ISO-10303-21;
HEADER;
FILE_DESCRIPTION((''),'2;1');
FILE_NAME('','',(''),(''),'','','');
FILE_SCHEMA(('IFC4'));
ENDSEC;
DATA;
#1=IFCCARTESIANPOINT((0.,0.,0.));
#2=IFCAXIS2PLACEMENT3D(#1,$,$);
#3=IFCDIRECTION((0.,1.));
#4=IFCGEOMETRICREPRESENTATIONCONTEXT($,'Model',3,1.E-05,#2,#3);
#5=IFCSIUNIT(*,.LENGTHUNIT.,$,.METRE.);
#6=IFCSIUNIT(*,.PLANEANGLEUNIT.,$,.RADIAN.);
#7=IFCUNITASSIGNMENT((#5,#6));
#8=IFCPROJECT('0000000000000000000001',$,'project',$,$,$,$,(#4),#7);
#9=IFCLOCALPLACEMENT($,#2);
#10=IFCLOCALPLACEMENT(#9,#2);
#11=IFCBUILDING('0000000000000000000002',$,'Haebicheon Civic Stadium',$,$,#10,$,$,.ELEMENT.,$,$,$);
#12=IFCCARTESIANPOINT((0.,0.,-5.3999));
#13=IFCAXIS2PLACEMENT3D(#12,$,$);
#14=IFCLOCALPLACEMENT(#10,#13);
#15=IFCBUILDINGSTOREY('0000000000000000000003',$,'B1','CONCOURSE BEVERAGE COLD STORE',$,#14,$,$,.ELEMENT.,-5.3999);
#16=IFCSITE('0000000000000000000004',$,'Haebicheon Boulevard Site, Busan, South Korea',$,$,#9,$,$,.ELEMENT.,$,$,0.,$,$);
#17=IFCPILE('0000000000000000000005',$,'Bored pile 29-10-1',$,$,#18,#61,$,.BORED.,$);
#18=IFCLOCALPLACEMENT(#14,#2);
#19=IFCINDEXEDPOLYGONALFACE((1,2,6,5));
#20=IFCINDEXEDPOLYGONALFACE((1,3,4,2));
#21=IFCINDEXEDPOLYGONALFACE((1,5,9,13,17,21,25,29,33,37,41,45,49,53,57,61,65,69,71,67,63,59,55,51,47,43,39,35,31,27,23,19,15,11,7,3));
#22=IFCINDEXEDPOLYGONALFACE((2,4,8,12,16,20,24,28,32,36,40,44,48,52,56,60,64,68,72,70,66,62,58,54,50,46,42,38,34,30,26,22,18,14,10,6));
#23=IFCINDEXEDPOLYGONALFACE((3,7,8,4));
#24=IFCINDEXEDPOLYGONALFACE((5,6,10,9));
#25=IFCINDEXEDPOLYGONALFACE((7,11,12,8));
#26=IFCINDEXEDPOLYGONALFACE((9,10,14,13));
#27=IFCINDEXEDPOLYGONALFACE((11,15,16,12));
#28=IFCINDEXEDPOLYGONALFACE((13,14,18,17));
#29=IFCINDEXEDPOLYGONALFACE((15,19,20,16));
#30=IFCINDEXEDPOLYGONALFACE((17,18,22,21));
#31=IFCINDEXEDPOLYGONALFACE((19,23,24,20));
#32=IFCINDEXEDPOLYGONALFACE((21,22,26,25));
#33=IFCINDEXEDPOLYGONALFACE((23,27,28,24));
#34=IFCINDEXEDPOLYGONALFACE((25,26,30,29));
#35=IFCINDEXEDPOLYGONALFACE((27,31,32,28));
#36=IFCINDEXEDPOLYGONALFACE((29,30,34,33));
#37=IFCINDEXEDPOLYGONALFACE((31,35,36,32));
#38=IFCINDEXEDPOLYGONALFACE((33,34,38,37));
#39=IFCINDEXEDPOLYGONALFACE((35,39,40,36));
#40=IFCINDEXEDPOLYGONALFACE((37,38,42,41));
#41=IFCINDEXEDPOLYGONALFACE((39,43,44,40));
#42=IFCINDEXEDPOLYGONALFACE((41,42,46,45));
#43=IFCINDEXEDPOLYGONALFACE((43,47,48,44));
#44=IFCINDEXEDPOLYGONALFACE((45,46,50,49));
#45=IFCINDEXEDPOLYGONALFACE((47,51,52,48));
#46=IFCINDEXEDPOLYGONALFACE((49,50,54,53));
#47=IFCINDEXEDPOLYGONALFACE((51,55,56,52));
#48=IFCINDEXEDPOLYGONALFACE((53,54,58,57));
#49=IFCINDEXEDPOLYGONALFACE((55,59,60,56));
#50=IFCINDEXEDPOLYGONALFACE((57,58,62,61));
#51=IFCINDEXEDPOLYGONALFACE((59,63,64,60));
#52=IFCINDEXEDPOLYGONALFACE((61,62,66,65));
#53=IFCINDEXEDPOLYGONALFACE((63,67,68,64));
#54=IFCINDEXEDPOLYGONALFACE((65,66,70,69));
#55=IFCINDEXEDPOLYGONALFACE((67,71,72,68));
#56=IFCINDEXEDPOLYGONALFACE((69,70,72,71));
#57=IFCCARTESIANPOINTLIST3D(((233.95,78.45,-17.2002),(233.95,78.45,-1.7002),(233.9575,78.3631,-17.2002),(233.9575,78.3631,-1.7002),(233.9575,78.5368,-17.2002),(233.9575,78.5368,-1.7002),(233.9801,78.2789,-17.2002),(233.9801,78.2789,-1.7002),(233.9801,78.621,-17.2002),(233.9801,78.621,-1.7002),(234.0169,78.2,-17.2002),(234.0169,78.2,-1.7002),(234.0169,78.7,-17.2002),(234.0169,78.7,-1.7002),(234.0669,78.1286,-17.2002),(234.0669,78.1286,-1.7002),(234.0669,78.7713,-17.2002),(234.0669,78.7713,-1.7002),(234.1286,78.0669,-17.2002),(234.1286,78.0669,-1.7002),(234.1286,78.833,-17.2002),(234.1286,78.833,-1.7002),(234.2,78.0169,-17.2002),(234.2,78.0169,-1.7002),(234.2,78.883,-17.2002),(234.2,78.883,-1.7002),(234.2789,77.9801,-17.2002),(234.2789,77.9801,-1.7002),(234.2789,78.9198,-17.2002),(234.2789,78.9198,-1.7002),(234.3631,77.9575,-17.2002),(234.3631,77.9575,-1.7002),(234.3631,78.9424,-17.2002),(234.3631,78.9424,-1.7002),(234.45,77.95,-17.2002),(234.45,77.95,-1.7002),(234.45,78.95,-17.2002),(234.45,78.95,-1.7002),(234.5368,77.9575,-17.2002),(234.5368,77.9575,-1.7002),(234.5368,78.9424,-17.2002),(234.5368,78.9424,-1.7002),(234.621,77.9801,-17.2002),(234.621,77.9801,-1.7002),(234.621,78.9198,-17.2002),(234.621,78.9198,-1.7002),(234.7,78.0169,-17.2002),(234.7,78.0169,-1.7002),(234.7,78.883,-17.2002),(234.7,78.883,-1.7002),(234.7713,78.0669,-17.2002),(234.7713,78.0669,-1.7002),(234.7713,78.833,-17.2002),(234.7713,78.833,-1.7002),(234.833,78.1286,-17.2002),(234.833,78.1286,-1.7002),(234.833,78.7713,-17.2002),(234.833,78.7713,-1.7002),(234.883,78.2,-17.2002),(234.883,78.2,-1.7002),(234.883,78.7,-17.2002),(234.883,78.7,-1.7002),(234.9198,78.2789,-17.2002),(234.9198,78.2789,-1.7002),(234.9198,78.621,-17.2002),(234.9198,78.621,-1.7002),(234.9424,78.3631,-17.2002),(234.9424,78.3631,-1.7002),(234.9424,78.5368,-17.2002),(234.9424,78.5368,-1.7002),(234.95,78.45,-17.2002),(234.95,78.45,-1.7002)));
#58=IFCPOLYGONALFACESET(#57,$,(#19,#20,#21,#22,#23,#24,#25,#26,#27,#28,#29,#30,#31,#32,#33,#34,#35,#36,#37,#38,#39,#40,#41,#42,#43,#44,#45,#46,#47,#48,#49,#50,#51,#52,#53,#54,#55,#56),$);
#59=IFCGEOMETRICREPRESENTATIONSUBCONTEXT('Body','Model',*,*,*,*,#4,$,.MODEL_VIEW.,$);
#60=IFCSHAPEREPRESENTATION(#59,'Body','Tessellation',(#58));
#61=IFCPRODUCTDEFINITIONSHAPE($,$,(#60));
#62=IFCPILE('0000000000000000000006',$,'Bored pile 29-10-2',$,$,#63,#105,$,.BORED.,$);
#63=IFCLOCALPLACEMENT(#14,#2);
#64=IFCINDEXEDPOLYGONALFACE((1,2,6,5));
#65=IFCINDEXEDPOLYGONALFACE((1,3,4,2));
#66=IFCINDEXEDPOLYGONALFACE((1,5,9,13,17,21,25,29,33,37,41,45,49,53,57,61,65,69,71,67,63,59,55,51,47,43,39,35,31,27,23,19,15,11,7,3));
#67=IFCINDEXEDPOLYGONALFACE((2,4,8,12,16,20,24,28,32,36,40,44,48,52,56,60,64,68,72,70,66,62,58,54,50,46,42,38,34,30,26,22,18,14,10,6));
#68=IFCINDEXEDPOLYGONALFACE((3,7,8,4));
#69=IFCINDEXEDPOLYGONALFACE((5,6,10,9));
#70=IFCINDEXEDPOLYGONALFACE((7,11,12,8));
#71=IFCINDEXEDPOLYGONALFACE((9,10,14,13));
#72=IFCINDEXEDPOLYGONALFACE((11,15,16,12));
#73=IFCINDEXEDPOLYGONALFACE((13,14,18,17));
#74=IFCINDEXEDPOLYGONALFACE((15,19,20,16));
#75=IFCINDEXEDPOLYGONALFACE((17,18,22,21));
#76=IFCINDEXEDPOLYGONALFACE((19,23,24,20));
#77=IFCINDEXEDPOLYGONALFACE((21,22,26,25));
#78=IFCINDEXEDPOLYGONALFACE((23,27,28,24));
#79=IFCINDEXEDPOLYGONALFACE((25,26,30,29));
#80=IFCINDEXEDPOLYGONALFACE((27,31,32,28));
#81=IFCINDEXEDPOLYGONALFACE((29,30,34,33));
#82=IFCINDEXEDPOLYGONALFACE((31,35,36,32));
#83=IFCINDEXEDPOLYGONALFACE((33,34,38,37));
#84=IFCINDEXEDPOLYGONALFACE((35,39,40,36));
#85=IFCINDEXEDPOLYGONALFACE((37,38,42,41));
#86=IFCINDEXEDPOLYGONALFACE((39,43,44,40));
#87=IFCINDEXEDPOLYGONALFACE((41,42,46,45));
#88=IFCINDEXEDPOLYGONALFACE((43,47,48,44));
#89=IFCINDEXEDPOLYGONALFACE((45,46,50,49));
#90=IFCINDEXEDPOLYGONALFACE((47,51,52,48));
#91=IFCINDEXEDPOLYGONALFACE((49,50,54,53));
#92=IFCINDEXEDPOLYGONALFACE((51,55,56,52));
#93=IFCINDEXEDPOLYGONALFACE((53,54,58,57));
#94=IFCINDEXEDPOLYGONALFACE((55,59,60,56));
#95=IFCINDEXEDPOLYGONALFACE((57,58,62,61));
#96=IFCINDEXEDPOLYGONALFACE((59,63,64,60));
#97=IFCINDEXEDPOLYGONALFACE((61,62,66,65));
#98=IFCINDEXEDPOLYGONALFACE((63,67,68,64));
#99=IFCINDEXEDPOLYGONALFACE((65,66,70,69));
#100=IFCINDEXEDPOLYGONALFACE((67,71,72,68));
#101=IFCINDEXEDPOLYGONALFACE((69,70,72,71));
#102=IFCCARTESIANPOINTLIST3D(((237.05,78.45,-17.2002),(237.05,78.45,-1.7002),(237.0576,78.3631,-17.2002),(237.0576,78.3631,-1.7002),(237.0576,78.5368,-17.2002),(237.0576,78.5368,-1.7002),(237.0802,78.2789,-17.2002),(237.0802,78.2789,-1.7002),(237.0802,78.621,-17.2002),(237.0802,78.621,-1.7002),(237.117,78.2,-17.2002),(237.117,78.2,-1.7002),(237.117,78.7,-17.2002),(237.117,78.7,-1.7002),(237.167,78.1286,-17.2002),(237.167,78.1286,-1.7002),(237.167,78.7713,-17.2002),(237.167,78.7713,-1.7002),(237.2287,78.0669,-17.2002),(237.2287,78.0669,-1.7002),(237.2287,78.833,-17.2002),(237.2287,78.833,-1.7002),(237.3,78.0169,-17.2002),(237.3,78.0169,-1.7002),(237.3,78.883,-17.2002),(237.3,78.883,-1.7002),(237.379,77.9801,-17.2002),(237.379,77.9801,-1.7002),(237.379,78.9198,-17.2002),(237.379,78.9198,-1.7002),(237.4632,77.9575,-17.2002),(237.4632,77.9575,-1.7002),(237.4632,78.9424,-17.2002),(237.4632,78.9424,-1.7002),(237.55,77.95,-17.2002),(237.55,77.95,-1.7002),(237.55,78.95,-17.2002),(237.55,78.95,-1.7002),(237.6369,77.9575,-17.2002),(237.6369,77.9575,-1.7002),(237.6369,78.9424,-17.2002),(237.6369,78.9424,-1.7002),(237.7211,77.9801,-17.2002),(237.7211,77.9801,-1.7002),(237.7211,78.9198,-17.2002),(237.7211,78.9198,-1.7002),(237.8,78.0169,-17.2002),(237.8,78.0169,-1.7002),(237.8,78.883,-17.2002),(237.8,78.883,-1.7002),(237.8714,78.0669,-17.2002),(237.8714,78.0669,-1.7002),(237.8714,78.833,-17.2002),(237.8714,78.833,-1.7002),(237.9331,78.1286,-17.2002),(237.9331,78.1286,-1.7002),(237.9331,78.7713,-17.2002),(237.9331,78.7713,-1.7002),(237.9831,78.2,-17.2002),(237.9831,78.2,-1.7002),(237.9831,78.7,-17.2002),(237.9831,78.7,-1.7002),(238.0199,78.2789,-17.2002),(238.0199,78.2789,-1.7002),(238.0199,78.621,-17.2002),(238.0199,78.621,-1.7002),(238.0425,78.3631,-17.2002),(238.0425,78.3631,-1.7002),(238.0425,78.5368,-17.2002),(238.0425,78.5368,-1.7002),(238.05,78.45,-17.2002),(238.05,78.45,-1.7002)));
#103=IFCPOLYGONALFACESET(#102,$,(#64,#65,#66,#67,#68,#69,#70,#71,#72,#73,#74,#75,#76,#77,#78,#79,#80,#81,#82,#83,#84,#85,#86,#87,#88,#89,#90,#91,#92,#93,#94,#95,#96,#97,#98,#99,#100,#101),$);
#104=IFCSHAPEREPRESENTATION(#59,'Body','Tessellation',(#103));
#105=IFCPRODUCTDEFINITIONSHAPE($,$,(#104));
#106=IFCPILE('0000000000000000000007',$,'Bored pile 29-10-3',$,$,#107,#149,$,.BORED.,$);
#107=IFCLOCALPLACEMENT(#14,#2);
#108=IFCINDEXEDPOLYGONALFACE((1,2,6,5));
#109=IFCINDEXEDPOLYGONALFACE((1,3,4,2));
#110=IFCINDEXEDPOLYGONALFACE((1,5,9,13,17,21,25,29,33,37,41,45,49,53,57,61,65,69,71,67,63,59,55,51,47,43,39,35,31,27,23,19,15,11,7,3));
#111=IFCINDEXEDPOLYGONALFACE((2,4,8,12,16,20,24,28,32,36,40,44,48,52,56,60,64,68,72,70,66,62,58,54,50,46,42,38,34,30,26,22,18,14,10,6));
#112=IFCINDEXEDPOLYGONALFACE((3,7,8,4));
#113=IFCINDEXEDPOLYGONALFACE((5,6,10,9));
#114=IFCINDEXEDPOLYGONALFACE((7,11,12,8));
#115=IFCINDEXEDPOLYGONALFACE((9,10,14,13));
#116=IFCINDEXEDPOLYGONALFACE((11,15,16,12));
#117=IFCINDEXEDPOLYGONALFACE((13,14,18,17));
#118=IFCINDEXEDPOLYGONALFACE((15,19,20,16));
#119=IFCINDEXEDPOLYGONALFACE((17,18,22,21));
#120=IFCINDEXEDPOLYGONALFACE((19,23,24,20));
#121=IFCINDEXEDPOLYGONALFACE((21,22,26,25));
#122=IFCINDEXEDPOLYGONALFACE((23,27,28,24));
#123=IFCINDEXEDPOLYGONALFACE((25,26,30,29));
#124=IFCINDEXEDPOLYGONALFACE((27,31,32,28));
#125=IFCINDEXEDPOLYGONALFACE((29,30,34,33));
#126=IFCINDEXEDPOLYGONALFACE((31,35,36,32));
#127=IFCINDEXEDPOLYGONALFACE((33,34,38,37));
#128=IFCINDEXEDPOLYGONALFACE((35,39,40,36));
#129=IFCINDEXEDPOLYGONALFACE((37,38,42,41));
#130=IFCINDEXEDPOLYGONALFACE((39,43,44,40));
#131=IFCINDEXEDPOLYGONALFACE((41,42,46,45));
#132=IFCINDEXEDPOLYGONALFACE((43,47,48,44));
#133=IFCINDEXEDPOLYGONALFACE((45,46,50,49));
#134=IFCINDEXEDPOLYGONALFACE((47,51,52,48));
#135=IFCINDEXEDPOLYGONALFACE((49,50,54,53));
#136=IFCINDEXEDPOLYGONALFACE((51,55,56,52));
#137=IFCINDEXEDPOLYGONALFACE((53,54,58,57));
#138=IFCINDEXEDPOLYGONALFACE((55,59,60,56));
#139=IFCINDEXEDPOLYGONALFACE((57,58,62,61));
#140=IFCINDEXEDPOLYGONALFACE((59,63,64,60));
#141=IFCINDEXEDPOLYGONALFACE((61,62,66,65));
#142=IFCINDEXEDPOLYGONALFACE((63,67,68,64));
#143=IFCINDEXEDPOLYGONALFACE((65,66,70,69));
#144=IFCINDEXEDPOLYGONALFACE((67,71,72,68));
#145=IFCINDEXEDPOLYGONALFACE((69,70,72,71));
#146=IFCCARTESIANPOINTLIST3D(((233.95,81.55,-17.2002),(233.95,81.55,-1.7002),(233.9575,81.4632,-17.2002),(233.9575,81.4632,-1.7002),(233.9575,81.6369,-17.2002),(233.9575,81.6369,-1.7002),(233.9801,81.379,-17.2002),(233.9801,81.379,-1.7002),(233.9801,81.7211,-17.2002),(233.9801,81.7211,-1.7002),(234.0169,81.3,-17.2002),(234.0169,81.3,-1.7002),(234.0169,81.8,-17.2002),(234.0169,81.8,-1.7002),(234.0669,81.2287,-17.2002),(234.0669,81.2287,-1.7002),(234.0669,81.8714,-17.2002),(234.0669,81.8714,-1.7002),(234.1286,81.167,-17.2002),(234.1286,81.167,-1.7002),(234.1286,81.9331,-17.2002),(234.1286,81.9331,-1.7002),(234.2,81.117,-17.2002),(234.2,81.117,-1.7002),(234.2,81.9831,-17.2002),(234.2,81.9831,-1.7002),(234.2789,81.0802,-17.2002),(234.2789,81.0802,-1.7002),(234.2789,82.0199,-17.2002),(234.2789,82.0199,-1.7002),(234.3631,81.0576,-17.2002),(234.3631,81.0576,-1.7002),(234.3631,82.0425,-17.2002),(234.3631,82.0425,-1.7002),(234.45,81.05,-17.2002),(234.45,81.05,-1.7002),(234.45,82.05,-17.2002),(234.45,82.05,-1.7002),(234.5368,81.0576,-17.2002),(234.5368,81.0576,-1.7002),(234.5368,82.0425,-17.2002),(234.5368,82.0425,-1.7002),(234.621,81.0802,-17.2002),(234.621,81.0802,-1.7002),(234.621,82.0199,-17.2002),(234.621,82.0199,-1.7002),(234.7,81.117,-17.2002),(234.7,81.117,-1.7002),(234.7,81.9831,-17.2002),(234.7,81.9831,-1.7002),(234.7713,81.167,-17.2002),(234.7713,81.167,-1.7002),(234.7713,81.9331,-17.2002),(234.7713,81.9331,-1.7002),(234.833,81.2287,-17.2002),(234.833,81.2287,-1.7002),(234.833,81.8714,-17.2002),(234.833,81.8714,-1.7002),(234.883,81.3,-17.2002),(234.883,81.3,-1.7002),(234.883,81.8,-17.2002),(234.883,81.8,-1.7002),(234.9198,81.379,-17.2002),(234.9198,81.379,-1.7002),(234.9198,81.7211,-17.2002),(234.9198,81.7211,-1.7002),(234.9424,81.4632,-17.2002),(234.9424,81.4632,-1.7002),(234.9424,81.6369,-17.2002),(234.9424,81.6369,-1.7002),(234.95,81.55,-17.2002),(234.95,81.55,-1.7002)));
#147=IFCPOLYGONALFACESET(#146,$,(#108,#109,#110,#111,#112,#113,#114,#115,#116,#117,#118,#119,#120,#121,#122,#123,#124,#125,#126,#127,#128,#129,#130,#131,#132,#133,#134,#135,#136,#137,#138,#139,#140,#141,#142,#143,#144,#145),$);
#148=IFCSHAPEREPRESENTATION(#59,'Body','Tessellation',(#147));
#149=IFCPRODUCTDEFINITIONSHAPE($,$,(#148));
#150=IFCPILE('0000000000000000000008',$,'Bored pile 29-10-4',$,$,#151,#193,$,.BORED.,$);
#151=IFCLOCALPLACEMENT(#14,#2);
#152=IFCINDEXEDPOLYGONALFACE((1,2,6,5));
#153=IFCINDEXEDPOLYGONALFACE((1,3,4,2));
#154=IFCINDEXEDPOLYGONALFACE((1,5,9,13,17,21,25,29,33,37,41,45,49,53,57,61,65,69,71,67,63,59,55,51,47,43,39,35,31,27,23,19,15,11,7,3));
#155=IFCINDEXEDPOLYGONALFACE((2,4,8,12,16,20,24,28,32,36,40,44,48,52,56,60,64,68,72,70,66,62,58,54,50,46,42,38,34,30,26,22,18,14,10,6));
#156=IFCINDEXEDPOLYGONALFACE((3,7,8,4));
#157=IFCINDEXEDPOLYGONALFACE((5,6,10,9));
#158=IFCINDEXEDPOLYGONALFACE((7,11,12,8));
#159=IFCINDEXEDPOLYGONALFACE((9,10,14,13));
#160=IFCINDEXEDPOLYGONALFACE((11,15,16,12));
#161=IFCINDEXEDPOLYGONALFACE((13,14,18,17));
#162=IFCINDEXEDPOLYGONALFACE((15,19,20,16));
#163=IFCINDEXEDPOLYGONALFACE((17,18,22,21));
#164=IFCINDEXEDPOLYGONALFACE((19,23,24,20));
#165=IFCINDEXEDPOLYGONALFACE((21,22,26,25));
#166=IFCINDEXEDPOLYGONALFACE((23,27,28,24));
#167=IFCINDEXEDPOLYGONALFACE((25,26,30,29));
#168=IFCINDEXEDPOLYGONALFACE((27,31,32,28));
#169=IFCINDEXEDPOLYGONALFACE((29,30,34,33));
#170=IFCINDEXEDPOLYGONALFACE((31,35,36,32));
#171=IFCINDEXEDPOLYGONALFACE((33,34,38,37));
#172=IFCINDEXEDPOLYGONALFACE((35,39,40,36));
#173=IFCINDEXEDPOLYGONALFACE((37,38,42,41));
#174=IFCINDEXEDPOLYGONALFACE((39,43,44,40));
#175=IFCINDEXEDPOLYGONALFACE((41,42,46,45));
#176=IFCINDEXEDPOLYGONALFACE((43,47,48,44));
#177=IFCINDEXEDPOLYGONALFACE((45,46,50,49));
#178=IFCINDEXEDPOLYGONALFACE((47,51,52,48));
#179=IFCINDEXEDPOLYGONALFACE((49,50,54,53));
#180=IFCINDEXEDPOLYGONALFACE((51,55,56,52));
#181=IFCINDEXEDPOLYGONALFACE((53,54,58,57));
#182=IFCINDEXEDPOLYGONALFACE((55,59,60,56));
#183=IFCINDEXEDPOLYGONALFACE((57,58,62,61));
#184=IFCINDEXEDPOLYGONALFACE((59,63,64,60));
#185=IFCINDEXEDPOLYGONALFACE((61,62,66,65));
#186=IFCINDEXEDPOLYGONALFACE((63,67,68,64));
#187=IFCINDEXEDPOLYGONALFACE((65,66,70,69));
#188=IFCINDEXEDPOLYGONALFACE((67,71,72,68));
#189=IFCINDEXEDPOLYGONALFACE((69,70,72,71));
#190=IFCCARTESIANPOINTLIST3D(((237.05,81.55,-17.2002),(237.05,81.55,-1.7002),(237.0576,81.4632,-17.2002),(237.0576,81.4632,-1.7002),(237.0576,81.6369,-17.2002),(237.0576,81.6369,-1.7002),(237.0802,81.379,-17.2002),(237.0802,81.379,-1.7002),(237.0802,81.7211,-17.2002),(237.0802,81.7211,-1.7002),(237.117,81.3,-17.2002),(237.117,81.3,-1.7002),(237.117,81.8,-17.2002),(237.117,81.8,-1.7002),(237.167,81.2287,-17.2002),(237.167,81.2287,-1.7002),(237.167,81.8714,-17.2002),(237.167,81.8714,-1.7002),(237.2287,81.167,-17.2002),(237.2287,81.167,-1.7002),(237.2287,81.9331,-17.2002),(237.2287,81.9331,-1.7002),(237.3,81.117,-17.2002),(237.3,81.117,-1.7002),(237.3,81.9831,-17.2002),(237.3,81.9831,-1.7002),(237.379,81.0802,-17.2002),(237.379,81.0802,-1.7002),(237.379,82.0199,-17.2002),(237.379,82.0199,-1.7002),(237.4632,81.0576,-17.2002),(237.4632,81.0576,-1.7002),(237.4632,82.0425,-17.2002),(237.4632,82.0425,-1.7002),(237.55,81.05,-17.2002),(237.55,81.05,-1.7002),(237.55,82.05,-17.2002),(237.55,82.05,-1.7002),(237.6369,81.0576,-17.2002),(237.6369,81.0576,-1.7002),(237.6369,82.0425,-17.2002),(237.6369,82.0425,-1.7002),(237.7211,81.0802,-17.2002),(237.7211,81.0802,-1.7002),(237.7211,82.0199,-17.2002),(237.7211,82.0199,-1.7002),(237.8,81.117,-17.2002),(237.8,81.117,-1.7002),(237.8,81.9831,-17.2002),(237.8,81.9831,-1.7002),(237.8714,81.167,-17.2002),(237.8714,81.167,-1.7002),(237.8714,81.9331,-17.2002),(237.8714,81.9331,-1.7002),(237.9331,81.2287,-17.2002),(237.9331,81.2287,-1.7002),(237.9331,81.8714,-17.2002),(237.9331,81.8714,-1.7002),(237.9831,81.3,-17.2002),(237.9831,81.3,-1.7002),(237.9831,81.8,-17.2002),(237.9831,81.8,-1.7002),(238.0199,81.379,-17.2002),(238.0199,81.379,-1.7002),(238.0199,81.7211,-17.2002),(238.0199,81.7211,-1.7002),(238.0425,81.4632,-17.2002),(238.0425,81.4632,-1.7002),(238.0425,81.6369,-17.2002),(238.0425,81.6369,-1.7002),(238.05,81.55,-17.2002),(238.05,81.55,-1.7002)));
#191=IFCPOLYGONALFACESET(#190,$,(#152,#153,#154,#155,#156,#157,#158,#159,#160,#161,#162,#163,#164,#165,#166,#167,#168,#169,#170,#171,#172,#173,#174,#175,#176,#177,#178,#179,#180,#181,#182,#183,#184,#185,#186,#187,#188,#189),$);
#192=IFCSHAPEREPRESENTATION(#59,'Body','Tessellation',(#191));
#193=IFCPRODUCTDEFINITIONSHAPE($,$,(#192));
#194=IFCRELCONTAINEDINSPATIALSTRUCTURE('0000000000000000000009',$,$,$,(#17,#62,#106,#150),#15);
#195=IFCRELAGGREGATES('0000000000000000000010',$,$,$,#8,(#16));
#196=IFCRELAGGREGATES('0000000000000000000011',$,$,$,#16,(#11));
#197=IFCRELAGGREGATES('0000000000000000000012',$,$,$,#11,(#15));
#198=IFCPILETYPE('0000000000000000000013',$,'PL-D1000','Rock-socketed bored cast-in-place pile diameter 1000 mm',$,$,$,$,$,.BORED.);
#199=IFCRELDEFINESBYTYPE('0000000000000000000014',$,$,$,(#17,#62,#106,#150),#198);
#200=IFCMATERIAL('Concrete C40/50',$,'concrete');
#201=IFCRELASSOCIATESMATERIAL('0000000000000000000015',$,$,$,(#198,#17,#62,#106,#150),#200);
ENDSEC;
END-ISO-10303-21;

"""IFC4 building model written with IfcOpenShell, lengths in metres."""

from ifc_helpers import new_model, si_unit, direction, frame, origin, origin_2d, place, context, subcontext, project, spatial, circle, extrude, material, material_profile, profile_set, type_object, element, save


model = new_model("IFC4")

# Units and contexts
model_context = context("Model", 3, precision=1e-05, world=origin(), true_north=direction((0.0, 1.0)))
body_context = subcontext(model_context, "Body", "Model", "MODEL_VIEW")
ifc_project = project(units=[si_unit("LENGTHUNIT", "METRE"), si_unit("PLANEANGLEUNIT", "RADIAN")], contexts=[model_context])

# Site, building, storey
site_placement = place(None, origin())
site = spatial("IfcSite", under=ifc_project, at=site_placement, Name="Haebicheon Boulevard Site, Busan, South Korea", CompositionType="ELEMENT", RefElevation=0.0)
building_placement = place(site_placement, origin())
building = spatial("IfcBuilding", under=site, at=building_placement, Name="Haebicheon Civic Stadium", CompositionType="ELEMENT")
storey_placement = place(building_placement, frame((0.0, 0.0, -5.3999)))
storey = spatial("IfcBuildingStorey", under=building, at=storey_placement, Name="B1", Description="CONCOURSE BEVERAGE COLD STORE", CompositionType="ELEMENT", Elevation=-5.3999)

# Piles
ifc_material_1 = material(Name="Concrete C40/50", Category="concrete")
ifc_material_profile_1 = material_profile(ifc_material_1, circle(Radius=0.5, at=origin_2d()), Name="PILE-D1000")
ifc_profile_set_1 = profile_set([ifc_material_profile_1], Name="Concrete C40/50")
pile_type = type_object("IfcPileType", Name="PL-D1000", Description="Rock-socketed bored cast-in-place pile diameter 1000 mm", PredefinedType="BORED", material=ifc_profile_set_1)
for number, where, z_axis, x_axis, name in (
    (1, (234.45, 78.45, -1.7002), (0.0, 0.0, -1.0), (1.0, 0.0, 0.0), "Bored pile 29-10-1"),
    (2, (237.55, 78.45, -1.7002), (0.0, 0.0, -1.0), (1.0, 0.0, 0.0), "Bored pile 29-10-2"),
    (3, (234.45, 81.55, -1.7002), (0.0, 0.0, -1.0), (1.0, 0.0, 0.0), "Bored pile 29-10-3"),
    (4, (237.55, 81.55, -1.7002), (0.0, 0.0, -1.0), (1.0, 0.0, 0.0), "Bored pile 29-10-4"),
):
    element("IfcPile", number, at=place(storey_placement, frame(where, z_axis=z_axis, x_axis=x_axis)), inside=storey, type_object=pile_type, material=ifc_profile_set_1, Name=name, PredefinedType="BORED", context=body_context, shape_type="SweptSolid", body=[
        extrude(circle(Radius=0.5, at=origin_2d()), origin(), (0.0, 0.0, 1.0), 15.5),
    ])

save(model, "model.ifc")
